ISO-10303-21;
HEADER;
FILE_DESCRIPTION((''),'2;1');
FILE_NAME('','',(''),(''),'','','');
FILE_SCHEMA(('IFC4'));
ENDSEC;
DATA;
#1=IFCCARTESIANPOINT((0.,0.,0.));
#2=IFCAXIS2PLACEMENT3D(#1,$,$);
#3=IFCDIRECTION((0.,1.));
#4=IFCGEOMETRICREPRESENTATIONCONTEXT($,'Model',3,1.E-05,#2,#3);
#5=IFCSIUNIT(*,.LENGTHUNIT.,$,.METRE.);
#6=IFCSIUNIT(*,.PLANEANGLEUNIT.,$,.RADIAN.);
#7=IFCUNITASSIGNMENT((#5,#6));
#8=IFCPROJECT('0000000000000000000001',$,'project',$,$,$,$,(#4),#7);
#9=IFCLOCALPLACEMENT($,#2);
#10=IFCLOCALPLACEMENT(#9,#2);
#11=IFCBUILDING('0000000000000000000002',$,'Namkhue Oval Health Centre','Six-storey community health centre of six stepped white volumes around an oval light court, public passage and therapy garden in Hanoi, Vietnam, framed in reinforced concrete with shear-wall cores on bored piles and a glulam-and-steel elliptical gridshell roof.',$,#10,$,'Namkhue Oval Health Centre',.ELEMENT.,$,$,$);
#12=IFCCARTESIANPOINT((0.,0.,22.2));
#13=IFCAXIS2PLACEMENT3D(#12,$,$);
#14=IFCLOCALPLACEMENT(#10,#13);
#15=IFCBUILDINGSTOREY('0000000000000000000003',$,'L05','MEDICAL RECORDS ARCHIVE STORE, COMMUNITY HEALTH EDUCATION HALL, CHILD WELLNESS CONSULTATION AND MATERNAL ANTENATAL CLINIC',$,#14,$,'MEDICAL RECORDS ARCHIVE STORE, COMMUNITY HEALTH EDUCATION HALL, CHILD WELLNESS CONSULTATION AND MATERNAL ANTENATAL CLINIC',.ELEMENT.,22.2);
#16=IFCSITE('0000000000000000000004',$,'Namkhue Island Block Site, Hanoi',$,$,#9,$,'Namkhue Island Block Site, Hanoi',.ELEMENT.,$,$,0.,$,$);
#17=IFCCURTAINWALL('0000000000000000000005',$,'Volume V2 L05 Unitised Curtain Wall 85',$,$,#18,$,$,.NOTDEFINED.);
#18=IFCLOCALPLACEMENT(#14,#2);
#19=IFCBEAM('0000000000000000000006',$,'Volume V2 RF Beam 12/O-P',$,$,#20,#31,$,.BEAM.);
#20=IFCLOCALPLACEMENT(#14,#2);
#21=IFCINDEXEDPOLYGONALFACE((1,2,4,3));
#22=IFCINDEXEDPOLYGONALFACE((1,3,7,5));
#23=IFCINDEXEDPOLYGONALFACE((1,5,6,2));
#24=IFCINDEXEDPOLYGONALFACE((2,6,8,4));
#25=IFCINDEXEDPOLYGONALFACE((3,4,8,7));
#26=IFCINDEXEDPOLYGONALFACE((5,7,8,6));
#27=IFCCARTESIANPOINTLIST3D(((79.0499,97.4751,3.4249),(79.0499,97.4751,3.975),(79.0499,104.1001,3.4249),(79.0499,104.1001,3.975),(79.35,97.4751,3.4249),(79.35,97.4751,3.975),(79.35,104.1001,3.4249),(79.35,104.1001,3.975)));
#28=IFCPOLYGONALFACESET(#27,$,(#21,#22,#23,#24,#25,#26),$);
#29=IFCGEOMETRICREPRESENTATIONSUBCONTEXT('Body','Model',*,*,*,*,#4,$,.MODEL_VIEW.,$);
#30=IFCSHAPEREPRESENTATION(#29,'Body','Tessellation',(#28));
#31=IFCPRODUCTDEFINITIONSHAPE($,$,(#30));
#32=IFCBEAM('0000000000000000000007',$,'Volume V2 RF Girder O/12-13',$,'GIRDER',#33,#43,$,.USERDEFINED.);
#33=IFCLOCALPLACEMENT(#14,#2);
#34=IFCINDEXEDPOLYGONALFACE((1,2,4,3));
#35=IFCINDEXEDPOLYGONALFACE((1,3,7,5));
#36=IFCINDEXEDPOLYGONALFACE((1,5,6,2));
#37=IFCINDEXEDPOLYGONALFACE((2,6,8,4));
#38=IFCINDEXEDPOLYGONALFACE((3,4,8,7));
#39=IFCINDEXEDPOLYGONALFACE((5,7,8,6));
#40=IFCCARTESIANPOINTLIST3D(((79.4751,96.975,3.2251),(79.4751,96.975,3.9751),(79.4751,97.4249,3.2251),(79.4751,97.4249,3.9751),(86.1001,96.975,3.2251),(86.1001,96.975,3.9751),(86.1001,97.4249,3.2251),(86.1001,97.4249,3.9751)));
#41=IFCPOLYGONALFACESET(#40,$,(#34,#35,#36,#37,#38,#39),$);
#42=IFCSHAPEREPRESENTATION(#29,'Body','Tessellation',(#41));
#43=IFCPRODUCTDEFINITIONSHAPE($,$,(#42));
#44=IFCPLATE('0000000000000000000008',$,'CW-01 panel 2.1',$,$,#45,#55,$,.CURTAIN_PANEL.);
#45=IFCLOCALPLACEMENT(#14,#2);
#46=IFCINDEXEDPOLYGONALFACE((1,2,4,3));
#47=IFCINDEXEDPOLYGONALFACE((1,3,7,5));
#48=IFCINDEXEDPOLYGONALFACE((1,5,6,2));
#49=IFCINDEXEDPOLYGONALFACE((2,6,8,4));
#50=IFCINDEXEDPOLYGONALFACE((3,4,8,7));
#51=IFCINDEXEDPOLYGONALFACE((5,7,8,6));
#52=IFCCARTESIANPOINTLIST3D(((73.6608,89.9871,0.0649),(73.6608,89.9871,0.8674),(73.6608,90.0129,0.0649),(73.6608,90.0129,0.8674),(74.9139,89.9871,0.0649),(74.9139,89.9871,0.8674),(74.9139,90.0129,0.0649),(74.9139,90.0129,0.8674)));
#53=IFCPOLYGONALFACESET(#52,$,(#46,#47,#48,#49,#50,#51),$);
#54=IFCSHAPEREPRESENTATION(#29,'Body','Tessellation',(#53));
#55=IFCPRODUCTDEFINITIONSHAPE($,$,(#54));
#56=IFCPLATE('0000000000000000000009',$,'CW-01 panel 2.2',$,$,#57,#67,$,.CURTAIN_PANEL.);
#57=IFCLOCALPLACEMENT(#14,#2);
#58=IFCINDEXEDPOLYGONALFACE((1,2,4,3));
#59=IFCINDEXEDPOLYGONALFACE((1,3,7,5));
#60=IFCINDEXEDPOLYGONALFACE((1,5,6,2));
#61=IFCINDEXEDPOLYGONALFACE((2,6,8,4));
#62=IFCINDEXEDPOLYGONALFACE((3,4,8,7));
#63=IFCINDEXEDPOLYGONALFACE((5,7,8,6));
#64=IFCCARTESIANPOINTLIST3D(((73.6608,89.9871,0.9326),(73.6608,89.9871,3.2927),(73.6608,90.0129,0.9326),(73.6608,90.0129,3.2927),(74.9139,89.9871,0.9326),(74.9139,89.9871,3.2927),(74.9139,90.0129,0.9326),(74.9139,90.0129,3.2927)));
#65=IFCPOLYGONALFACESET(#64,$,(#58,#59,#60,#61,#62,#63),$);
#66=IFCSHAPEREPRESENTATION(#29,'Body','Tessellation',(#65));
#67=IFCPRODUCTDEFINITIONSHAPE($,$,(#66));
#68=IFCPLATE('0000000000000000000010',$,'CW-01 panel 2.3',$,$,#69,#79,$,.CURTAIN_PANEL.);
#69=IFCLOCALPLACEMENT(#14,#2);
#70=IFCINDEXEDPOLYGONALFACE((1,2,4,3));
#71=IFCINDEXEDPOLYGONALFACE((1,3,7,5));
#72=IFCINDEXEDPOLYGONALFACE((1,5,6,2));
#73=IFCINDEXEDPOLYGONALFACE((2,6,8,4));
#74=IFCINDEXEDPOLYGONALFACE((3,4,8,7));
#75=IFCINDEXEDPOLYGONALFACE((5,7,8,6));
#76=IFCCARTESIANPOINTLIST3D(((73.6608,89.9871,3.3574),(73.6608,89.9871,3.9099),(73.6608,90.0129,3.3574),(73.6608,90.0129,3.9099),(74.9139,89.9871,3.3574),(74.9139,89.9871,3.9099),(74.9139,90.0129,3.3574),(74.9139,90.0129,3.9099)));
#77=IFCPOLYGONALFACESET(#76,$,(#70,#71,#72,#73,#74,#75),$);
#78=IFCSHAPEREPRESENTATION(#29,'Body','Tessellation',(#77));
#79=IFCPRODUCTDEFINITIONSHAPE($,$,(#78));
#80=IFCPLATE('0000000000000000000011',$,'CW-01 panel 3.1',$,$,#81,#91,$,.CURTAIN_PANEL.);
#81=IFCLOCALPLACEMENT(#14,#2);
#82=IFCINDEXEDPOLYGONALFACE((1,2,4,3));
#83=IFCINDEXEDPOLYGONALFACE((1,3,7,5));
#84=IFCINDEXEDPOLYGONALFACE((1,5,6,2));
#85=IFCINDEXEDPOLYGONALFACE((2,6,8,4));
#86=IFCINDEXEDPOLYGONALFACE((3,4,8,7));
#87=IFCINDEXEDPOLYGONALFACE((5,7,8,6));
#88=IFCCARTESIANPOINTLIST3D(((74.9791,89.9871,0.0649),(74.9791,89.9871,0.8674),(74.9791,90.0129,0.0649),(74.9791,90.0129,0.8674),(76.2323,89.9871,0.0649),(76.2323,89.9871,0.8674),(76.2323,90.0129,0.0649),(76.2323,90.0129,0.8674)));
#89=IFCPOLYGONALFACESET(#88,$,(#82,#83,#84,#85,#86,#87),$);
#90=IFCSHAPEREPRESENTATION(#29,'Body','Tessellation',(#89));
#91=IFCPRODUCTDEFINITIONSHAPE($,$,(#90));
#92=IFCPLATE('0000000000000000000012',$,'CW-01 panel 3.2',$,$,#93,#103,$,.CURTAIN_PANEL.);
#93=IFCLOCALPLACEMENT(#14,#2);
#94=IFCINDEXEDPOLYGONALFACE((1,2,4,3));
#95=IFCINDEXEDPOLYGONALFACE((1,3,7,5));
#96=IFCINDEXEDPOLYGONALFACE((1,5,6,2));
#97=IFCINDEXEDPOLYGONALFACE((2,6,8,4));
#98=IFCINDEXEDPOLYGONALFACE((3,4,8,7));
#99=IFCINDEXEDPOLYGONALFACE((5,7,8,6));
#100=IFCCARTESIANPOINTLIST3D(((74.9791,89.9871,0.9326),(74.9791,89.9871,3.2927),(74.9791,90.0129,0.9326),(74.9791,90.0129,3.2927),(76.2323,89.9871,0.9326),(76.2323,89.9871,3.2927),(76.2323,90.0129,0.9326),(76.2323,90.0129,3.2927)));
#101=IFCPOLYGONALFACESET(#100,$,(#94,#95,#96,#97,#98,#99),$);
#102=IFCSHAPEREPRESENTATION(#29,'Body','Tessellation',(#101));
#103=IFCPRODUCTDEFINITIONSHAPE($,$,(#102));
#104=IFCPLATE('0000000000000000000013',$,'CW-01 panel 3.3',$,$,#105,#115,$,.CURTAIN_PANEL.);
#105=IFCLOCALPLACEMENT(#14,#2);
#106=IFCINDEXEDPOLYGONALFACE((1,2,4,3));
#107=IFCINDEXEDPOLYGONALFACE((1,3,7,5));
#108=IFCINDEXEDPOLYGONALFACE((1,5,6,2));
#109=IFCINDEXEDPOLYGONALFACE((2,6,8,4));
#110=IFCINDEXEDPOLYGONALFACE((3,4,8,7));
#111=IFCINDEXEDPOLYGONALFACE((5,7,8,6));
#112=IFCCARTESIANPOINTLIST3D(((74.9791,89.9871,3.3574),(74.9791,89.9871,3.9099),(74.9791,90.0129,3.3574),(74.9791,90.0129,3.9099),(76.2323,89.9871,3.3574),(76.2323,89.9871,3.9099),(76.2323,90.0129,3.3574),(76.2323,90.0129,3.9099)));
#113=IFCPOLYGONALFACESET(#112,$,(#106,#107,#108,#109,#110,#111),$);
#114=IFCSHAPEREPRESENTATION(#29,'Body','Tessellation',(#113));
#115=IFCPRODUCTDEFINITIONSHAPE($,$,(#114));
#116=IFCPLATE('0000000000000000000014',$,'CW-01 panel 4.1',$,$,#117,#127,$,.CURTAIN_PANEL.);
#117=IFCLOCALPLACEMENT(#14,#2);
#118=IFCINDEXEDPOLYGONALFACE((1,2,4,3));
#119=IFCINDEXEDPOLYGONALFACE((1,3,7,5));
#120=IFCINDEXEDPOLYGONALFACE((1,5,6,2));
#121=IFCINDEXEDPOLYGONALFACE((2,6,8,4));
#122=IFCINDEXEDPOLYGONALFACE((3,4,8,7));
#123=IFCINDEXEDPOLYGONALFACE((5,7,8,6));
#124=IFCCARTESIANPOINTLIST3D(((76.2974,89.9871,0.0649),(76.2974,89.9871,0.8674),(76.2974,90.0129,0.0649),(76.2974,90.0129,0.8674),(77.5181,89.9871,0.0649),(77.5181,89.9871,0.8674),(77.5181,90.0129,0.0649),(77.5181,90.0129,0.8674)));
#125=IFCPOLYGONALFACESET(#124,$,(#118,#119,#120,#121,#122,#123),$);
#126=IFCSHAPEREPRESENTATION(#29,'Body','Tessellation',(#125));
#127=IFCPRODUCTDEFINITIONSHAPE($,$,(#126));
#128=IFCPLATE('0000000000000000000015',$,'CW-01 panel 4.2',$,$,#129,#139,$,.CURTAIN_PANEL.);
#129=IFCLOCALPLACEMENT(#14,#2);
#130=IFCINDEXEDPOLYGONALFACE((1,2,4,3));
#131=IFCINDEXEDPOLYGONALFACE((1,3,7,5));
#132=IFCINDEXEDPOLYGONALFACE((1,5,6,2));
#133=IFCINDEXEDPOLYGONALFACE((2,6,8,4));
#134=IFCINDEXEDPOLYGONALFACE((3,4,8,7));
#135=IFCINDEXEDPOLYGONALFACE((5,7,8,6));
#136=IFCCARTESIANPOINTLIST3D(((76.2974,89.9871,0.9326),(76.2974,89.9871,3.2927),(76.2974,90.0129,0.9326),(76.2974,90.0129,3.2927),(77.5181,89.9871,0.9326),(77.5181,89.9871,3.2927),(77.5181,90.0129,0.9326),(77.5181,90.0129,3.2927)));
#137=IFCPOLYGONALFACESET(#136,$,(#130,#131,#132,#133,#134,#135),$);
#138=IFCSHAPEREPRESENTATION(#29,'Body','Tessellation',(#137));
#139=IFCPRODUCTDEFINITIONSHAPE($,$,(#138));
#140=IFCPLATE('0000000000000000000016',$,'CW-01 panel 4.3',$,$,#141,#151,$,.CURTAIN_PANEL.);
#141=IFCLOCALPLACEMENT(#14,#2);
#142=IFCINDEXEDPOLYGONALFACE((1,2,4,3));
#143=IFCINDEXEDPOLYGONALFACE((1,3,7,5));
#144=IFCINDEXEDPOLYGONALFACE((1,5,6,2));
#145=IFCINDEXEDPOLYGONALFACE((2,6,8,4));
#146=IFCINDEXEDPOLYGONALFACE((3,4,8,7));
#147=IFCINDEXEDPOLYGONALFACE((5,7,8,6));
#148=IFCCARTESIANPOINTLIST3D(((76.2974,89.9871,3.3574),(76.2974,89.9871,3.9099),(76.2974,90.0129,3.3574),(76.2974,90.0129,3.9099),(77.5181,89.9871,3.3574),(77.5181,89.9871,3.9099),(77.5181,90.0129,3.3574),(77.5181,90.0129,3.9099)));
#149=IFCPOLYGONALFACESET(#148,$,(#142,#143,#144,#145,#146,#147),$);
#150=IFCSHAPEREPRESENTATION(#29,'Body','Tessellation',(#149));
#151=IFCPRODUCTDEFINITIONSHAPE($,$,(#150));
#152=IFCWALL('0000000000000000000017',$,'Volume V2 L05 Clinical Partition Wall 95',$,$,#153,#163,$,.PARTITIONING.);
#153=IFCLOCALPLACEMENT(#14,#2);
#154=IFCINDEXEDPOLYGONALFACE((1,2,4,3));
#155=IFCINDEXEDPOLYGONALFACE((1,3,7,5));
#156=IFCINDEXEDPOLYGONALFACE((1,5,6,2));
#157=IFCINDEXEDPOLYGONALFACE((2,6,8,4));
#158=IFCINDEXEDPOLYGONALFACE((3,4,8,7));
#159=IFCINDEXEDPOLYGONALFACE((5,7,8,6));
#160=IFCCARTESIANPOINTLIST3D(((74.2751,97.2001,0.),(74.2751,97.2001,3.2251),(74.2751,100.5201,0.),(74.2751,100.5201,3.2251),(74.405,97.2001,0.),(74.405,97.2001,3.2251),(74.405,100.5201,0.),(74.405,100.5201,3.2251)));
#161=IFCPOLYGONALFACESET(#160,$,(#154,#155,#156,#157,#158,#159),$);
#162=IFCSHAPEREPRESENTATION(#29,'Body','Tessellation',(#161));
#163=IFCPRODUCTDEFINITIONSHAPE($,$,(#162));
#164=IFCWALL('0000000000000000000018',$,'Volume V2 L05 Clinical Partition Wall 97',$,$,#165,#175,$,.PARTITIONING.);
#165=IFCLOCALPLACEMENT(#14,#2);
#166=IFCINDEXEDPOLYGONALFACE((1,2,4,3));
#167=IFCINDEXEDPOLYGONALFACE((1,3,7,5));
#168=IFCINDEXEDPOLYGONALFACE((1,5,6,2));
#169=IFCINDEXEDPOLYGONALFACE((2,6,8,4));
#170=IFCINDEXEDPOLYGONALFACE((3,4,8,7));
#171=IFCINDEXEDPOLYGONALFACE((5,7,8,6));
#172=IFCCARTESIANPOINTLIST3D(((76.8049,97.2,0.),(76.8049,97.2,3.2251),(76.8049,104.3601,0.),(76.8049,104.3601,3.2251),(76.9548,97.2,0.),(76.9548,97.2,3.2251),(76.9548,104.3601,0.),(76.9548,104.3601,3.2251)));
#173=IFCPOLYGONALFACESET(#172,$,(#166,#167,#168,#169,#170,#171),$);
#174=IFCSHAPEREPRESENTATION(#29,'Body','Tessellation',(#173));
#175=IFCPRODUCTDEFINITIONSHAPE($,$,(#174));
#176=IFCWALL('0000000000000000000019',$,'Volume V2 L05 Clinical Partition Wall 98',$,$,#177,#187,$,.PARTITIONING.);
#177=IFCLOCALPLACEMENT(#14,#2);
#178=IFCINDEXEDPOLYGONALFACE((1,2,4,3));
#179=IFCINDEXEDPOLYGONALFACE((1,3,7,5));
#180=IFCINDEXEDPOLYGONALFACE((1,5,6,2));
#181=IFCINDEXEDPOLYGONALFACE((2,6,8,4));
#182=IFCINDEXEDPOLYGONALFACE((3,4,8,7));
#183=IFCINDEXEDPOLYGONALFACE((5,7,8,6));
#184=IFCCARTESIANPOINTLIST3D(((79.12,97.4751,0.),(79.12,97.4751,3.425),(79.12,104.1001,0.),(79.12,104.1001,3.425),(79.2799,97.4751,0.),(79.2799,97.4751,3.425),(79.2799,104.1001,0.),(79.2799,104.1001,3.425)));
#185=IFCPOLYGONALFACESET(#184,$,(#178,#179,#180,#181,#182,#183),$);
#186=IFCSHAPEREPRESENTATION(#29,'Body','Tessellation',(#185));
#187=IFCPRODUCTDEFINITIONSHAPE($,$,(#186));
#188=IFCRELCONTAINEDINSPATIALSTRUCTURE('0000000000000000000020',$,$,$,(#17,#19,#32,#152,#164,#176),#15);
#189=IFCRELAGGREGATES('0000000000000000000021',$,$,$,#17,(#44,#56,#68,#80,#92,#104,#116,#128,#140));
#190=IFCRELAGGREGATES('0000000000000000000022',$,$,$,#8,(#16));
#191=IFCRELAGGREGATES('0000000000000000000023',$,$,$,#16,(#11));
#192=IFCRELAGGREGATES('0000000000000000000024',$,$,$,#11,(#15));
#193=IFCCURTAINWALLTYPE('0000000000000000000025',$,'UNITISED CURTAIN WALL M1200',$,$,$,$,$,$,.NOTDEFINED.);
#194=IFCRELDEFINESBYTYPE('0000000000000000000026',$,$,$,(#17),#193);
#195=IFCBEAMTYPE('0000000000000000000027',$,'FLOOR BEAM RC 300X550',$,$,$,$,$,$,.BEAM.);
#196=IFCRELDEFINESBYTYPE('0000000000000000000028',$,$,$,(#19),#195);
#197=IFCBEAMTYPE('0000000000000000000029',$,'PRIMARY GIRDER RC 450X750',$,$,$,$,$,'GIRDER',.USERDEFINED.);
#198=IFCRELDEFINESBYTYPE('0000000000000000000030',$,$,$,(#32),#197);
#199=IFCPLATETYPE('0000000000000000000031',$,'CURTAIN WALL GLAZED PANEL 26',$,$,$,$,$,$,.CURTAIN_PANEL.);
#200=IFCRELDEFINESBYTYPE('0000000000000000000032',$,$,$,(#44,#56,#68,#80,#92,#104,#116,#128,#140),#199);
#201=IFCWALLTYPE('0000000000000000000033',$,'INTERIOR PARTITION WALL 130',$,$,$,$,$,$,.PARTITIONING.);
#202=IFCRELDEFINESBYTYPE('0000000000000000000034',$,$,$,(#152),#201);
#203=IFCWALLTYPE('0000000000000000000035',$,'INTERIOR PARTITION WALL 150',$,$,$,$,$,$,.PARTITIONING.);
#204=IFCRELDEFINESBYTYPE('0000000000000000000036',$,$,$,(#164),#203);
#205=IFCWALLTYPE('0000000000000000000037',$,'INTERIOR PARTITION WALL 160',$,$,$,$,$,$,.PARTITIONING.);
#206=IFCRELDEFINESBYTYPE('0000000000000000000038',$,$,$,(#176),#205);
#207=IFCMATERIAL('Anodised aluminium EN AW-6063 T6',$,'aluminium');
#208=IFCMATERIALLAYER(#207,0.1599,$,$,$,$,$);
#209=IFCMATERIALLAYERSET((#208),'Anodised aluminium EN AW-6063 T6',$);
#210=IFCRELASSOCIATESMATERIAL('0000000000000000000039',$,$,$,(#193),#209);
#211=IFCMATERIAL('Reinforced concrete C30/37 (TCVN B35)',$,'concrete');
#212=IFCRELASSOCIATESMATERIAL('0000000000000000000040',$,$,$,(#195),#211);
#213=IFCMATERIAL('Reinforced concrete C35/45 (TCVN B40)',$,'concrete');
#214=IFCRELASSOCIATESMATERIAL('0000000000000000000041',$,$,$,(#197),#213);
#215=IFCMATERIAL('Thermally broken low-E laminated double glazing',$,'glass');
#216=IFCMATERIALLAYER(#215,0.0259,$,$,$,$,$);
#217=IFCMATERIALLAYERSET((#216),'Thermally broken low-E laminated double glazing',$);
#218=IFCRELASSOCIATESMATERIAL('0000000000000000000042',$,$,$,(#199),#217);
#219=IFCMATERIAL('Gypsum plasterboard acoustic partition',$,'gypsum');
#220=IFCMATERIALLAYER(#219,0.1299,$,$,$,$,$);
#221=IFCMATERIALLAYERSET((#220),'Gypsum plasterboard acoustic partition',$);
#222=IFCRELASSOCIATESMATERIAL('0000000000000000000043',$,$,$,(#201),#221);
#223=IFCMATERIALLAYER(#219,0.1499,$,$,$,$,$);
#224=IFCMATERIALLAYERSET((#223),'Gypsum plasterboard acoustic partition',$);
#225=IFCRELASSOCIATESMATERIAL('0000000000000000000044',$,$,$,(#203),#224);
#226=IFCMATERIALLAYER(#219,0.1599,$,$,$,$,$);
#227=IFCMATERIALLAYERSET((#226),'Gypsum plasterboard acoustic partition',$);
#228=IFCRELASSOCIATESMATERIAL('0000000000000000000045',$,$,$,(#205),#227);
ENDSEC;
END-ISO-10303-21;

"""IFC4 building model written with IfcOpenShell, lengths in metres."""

from ifc_helpers import new_model, si_unit, direction, frame, frame_2d, origin, origin_2d, place, context, subcontext, project, spatial, rectangle, extrude, material, layer, layer_set, material_profile, profile_set, type_object, element, aggregate, save


model = new_model("IFC4")

# Units and contexts
model_context = context("Model", 3, precision=1e-05, world=origin(), true_north=direction((0.0, 1.0)))
body_context = subcontext(model_context, "Body", "Model", "MODEL_VIEW")
ifc_project = project(units=[si_unit("LENGTHUNIT", "METRE"), si_unit("PLANEANGLEUNIT", "RADIAN")], contexts=[model_context])

# Site, building, storey
site_placement = place(None, origin())
site = spatial("IfcSite", under=ifc_project, at=site_placement, Name="Namkhue Island Block Site, Hanoi", LongName="Namkhue Island Block Site, Hanoi", CompositionType="ELEMENT", RefElevation=0.0)
building_placement = place(site_placement, origin())
building = spatial("IfcBuilding", under=site, at=building_placement, Name="Namkhue Oval Health Centre", Description="Six-storey community health centre of six stepped white volumes around an oval light court, public passage and therapy garden in Hanoi, Vietnam, framed in reinforced concrete with shear-wall cores on bored piles and a glulam-and-steel elliptical gridshell roof.", LongName="Namkhue Oval Health Centre", CompositionType="ELEMENT")
storey_placement = place(building_placement, frame((0.0, 0.0, 22.2)))
storey = spatial("IfcBuildingStorey", under=building, at=storey_placement, Name="L05", Description="MEDICAL RECORDS ARCHIVE STORE, COMMUNITY HEALTH EDUCATION HALL, CHILD WELLNESS CONSULTATION AND MATERNAL ANTENATAL CLINIC", LongName="MEDICAL RECORDS ARCHIVE STORE, COMMUNITY HEALTH EDUCATION HALL, CHILD WELLNESS CONSULTATION AND MATERNAL ANTENATAL CLINIC", CompositionType="ELEMENT", Elevation=22.2)

# Shared definitions
ifc_material_1 = material(Name="Reinforced concrete C35/45 (TCVN B40)", Category="concrete")

# Curtain wall
ifc_material_2 = material(Name="Anodised aluminium EN AW-6063 T6", Category="aluminium")
ifc_layer_1 = layer(ifc_material_2, 0.1599)
ifc_layer_set_1 = layer_set([ifc_layer_1], Name="Anodised aluminium EN AW-6063 T6")
curtain_wall_type = type_object("IfcCurtainWallType", Name="UNITISED CURTAIN WALL M1200", PredefinedType="NOTDEFINED", material=ifc_layer_set_1)
curtain_wall_placement = place(storey_placement, origin())
curtain_wall = element("IfcCurtainWall", 1, at=curtain_wall_placement, inside=storey, type_object=curtain_wall_type, Name="Volume V2 L05 Unitised Curtain Wall 85", PredefinedType="NOTDEFINED")

# Beams
ifc_material_3 = material(Name="Reinforced concrete C30/37 (TCVN B35)", Category="concrete")
ifc_material_profile_1 = material_profile(ifc_material_3, rectangle(XDim=0.3, YDim=0.55, at=origin_2d()), Name="RC 300x550")
ifc_profile_set_1 = profile_set([ifc_material_profile_1], Name="Reinforced concrete C30/37 (TCVN B35)")
beam_type_1 = type_object("IfcBeamType", Name="FLOOR BEAM RC 300X550", PredefinedType="BEAM", material=ifc_profile_set_1)
beam_1_placement = place(storey_placement, frame((79.2, 97.4751, 3.7), z_axis=(0.0, 1.0, 0.0), x_axis=(-1.0, 0.0, 0.0)))
element("IfcBeam", 2, at=beam_1_placement, inside=storey, type_object=beam_type_1, Name="Volume V2 RF Beam 12/O-P", PredefinedType="BEAM", context=body_context, shape_type="SweptSolid", body=[
    extrude(rectangle(XDim=0.3, YDim=0.55, at=origin_2d()), origin(), (0.0, 0.0, 1.0), 6.625),
])
ifc_material_profile_2 = material_profile(ifc_material_1, rectangle(XDim=0.45, YDim=0.75, at=origin_2d()), Name="RC 450x750")
ifc_profile_set_2 = profile_set([ifc_material_profile_2], Name="Reinforced concrete C35/45 (TCVN B40)")
beam_type_2 = type_object("IfcBeamType", Name="PRIMARY GIRDER RC 450X750", ElementType="GIRDER", PredefinedType="USERDEFINED", material=ifc_profile_set_2)
beam_2_placement = place(storey_placement, frame((79.4751, 97.2, 3.6001), z_axis=(1.0, 0.0, 0.0), x_axis=(0.0, 1.0, 0.0)))
element("IfcBeam", 3, at=beam_2_placement, inside=storey, type_object=beam_type_2, Name="Volume V2 RF Girder O/12-13", ObjectType="GIRDER", PredefinedType="USERDEFINED", context=body_context, shape_type="SweptSolid", body=[
    extrude(rectangle(XDim=0.45, YDim=0.75, at=origin_2d()), origin(), (0.0, 0.0, 1.0), 6.625),
])

# Plates
ifc_material_4 = material(Name="Thermally broken low-E laminated double glazing", Category="glass")
ifc_layer_2 = layer(ifc_material_4, 0.0259)
ifc_layer_set_2 = layer_set([ifc_layer_2], Name="Thermally broken low-E laminated double glazing")
plate_type = type_object("IfcPlateType", Name="CURTAIN WALL GLAZED PANEL 26", PredefinedType="CURTAIN_PANEL", material=ifc_layer_set_2)
plate_1_placement = place(storey_placement, frame((74.2874, 90.0, 0.0649), z_axis=(0.0, 0.0, 1.0), x_axis=(1.0, 0.0, 0.0)))
plate_1 = element("IfcPlate", 4, at=plate_1_placement, type_object=plate_type, Name="CW-01 panel 2.1", PredefinedType="CURTAIN_PANEL", context=body_context, shape_type="SweptSolid", body=[
    extrude(rectangle(XDim=1.2532, YDim=0.0259, at=origin_2d()), origin(), (0.0, 0.0, 1.0), 0.8025),
])
plate_2_placement = place(storey_placement, frame((74.2874, 90.0, 0.9326), z_axis=(0.0, 0.0, 1.0), x_axis=(1.0, 0.0, 0.0)))
plate_2 = element("IfcPlate", 5, at=plate_2_placement, type_object=plate_type, Name="CW-01 panel 2.2", PredefinedType="CURTAIN_PANEL", context=body_context, shape_type="SweptSolid", body=[
    extrude(rectangle(XDim=1.2532, YDim=0.0259, at=origin_2d()), origin(), (0.0, 0.0, 1.0), 2.3601),
])
plate_3_placement = place(storey_placement, frame((74.2874, 90.0, 3.3574), z_axis=(0.0, 0.0, 1.0), x_axis=(1.0, 0.0, 0.0)))
plate_3 = element("IfcPlate", 6, at=plate_3_placement, type_object=plate_type, Name="CW-01 panel 2.3", PredefinedType="CURTAIN_PANEL", context=body_context, shape_type="SweptSolid", body=[
    extrude(rectangle(XDim=1.2532, YDim=0.0259, at=origin_2d()), origin(), (0.0, 0.0, 1.0), 0.5525),
])
plate_4_placement = place(storey_placement, frame((75.6057, 90.0, 0.0649), z_axis=(0.0, 0.0, 1.0), x_axis=(1.0, 0.0, 0.0)))
plate_4 = element("IfcPlate", 7, at=plate_4_placement, type_object=plate_type, Name="CW-01 panel 3.1", PredefinedType="CURTAIN_PANEL", context=body_context, shape_type="SweptSolid", body=[
    extrude(rectangle(XDim=1.2532, YDim=0.0259, at=origin_2d()), origin(), (0.0, 0.0, 1.0), 0.8025),
])
plate_5_placement = place(storey_placement, frame((75.6057, 90.0, 0.9326), z_axis=(0.0, 0.0, 1.0), x_axis=(1.0, 0.0, 0.0)))
plate_5 = element("IfcPlate", 8, at=plate_5_placement, type_object=plate_type, Name="CW-01 panel 3.2", PredefinedType="CURTAIN_PANEL", context=body_context, shape_type="SweptSolid", body=[
    extrude(rectangle(XDim=1.2532, YDim=0.0259, at=origin_2d()), origin(), (0.0, 0.0, 1.0), 2.3601),
])
plate_6_placement = place(storey_placement, frame((75.6057, 90.0, 3.3574), z_axis=(0.0, 0.0, 1.0), x_axis=(1.0, 0.0, 0.0)))
plate_6 = element("IfcPlate", 9, at=plate_6_placement, type_object=plate_type, Name="CW-01 panel 3.3", PredefinedType="CURTAIN_PANEL", context=body_context, shape_type="SweptSolid", body=[
    extrude(rectangle(XDim=1.2532, YDim=0.0259, at=origin_2d()), origin(), (0.0, 0.0, 1.0), 0.5525),
])
plate_7_placement = place(storey_placement, frame((76.9077, 90.0, 0.0649), z_axis=(0.0, 0.0, 1.0), x_axis=(1.0, 0.0, 0.0)))
plate_7 = element("IfcPlate", 10, at=plate_7_placement, type_object=plate_type, Name="CW-01 panel 4.1", PredefinedType="CURTAIN_PANEL", context=body_context, shape_type="SweptSolid", body=[
    extrude(rectangle(XDim=1.2207, YDim=0.0259, at=origin_2d()), origin(), (0.0, 0.0, 1.0), 0.8025),
])
plate_8_placement = place(storey_placement, frame((76.9077, 90.0, 0.9326), z_axis=(0.0, 0.0, 1.0), x_axis=(1.0, 0.0, 0.0)))
plate_8 = element("IfcPlate", 11, at=plate_8_placement, type_object=plate_type, Name="CW-01 panel 4.2", PredefinedType="CURTAIN_PANEL", context=body_context, shape_type="SweptSolid", body=[
    extrude(rectangle(XDim=1.2207, YDim=0.0259, at=origin_2d()), origin(), (0.0, 0.0, 1.0), 2.3601),
])
plate_9_placement = place(storey_placement, frame((76.9077, 90.0, 3.3574), z_axis=(0.0, 0.0, 1.0), x_axis=(1.0, 0.0, 0.0)))
plate_9 = element("IfcPlate", 12, at=plate_9_placement, type_object=plate_type, Name="CW-01 panel 4.3", PredefinedType="CURTAIN_PANEL", context=body_context, shape_type="SweptSolid", body=[
    extrude(rectangle(XDim=1.2207, YDim=0.0259, at=origin_2d()), origin(), (0.0, 0.0, 1.0), 0.5525),
])
aggregate(curtain_wall, [plate_1, plate_2, plate_3, plate_4, plate_5, plate_6, plate_7, plate_8, plate_9])

# Walls
ifc_material_5 = material(Name="Gypsum plasterboard acoustic partition", Category="gypsum")
ifc_layer_3 = layer(ifc_material_5, 0.1299)
ifc_layer_set_3 = layer_set([ifc_layer_3], Name="Gypsum plasterboard acoustic partition")
wall_type_1 = type_object("IfcWallType", Name="INTERIOR PARTITION WALL 130", PredefinedType="PARTITIONING", material=ifc_layer_set_3)
wall_1_placement = place(storey_placement, frame((74.3401, 97.2, 0.0), z_axis=(0.0, 0.0, 1.0), x_axis=(0.0, 1.0, 0.0)))
element("IfcWall", 13, at=wall_1_placement, inside=storey, type_object=wall_type_1, Name="Volume V2 L05 Clinical Partition Wall 95", PredefinedType="PARTITIONING", context=body_context, shape_type="SweptSolid", body=[
    extrude(rectangle(XDim=3.3201, YDim=0.1299, at=frame_2d((1.6602, 0.0))), origin(), (0.0, 0.0, 1.0), 3.2251),
])
ifc_layer_4 = layer(ifc_material_5, 0.1499)
ifc_layer_set_4 = layer_set([ifc_layer_4], Name="Gypsum plasterboard acoustic partition")
wall_type_2 = type_object("IfcWallType", Name="INTERIOR PARTITION WALL 150", PredefinedType="PARTITIONING", material=ifc_layer_set_4)
wall_2_placement = place(storey_placement, frame((76.8799, 97.2, 0.0), z_axis=(0.0, 0.0, 1.0), x_axis=(0.0, 1.0, 0.0)))
element("IfcWall", 14, at=wall_2_placement, inside=storey, type_object=wall_type_2, Name="Volume V2 L05 Clinical Partition Wall 97", PredefinedType="PARTITIONING", context=body_context, shape_type="SweptSolid", body=[
    extrude(rectangle(XDim=7.1602, YDim=0.1499, at=frame_2d((3.5801, 0.0))), origin(), (0.0, 0.0, 1.0), 3.2251),
])
ifc_layer_5 = layer(ifc_material_5, 0.1599)
ifc_layer_set_5 = layer_set([ifc_layer_5], Name="Gypsum plasterboard acoustic partition")
wall_type_3 = type_object("IfcWallType", Name="INTERIOR PARTITION WALL 160", PredefinedType="PARTITIONING", material=ifc_layer_set_5)
wall_3_placement = place(storey_placement, frame((79.2, 97.4751, 0.0), z_axis=(0.0, 0.0, 1.0), x_axis=(0.0, 1.0, 0.0)))
element("IfcWall", 15, at=wall_3_placement, inside=storey, type_object=wall_type_3, Name="Volume V2 L05 Clinical Partition Wall 98", PredefinedType="PARTITIONING", context=body_context, shape_type="SweptSolid", body=[
    extrude(rectangle(XDim=6.625, YDim=0.1599, at=frame_2d((3.3125, 0.0))), origin(), (0.0, 0.0, 1.0), 3.425),
])

save(model, "model.ifc")
